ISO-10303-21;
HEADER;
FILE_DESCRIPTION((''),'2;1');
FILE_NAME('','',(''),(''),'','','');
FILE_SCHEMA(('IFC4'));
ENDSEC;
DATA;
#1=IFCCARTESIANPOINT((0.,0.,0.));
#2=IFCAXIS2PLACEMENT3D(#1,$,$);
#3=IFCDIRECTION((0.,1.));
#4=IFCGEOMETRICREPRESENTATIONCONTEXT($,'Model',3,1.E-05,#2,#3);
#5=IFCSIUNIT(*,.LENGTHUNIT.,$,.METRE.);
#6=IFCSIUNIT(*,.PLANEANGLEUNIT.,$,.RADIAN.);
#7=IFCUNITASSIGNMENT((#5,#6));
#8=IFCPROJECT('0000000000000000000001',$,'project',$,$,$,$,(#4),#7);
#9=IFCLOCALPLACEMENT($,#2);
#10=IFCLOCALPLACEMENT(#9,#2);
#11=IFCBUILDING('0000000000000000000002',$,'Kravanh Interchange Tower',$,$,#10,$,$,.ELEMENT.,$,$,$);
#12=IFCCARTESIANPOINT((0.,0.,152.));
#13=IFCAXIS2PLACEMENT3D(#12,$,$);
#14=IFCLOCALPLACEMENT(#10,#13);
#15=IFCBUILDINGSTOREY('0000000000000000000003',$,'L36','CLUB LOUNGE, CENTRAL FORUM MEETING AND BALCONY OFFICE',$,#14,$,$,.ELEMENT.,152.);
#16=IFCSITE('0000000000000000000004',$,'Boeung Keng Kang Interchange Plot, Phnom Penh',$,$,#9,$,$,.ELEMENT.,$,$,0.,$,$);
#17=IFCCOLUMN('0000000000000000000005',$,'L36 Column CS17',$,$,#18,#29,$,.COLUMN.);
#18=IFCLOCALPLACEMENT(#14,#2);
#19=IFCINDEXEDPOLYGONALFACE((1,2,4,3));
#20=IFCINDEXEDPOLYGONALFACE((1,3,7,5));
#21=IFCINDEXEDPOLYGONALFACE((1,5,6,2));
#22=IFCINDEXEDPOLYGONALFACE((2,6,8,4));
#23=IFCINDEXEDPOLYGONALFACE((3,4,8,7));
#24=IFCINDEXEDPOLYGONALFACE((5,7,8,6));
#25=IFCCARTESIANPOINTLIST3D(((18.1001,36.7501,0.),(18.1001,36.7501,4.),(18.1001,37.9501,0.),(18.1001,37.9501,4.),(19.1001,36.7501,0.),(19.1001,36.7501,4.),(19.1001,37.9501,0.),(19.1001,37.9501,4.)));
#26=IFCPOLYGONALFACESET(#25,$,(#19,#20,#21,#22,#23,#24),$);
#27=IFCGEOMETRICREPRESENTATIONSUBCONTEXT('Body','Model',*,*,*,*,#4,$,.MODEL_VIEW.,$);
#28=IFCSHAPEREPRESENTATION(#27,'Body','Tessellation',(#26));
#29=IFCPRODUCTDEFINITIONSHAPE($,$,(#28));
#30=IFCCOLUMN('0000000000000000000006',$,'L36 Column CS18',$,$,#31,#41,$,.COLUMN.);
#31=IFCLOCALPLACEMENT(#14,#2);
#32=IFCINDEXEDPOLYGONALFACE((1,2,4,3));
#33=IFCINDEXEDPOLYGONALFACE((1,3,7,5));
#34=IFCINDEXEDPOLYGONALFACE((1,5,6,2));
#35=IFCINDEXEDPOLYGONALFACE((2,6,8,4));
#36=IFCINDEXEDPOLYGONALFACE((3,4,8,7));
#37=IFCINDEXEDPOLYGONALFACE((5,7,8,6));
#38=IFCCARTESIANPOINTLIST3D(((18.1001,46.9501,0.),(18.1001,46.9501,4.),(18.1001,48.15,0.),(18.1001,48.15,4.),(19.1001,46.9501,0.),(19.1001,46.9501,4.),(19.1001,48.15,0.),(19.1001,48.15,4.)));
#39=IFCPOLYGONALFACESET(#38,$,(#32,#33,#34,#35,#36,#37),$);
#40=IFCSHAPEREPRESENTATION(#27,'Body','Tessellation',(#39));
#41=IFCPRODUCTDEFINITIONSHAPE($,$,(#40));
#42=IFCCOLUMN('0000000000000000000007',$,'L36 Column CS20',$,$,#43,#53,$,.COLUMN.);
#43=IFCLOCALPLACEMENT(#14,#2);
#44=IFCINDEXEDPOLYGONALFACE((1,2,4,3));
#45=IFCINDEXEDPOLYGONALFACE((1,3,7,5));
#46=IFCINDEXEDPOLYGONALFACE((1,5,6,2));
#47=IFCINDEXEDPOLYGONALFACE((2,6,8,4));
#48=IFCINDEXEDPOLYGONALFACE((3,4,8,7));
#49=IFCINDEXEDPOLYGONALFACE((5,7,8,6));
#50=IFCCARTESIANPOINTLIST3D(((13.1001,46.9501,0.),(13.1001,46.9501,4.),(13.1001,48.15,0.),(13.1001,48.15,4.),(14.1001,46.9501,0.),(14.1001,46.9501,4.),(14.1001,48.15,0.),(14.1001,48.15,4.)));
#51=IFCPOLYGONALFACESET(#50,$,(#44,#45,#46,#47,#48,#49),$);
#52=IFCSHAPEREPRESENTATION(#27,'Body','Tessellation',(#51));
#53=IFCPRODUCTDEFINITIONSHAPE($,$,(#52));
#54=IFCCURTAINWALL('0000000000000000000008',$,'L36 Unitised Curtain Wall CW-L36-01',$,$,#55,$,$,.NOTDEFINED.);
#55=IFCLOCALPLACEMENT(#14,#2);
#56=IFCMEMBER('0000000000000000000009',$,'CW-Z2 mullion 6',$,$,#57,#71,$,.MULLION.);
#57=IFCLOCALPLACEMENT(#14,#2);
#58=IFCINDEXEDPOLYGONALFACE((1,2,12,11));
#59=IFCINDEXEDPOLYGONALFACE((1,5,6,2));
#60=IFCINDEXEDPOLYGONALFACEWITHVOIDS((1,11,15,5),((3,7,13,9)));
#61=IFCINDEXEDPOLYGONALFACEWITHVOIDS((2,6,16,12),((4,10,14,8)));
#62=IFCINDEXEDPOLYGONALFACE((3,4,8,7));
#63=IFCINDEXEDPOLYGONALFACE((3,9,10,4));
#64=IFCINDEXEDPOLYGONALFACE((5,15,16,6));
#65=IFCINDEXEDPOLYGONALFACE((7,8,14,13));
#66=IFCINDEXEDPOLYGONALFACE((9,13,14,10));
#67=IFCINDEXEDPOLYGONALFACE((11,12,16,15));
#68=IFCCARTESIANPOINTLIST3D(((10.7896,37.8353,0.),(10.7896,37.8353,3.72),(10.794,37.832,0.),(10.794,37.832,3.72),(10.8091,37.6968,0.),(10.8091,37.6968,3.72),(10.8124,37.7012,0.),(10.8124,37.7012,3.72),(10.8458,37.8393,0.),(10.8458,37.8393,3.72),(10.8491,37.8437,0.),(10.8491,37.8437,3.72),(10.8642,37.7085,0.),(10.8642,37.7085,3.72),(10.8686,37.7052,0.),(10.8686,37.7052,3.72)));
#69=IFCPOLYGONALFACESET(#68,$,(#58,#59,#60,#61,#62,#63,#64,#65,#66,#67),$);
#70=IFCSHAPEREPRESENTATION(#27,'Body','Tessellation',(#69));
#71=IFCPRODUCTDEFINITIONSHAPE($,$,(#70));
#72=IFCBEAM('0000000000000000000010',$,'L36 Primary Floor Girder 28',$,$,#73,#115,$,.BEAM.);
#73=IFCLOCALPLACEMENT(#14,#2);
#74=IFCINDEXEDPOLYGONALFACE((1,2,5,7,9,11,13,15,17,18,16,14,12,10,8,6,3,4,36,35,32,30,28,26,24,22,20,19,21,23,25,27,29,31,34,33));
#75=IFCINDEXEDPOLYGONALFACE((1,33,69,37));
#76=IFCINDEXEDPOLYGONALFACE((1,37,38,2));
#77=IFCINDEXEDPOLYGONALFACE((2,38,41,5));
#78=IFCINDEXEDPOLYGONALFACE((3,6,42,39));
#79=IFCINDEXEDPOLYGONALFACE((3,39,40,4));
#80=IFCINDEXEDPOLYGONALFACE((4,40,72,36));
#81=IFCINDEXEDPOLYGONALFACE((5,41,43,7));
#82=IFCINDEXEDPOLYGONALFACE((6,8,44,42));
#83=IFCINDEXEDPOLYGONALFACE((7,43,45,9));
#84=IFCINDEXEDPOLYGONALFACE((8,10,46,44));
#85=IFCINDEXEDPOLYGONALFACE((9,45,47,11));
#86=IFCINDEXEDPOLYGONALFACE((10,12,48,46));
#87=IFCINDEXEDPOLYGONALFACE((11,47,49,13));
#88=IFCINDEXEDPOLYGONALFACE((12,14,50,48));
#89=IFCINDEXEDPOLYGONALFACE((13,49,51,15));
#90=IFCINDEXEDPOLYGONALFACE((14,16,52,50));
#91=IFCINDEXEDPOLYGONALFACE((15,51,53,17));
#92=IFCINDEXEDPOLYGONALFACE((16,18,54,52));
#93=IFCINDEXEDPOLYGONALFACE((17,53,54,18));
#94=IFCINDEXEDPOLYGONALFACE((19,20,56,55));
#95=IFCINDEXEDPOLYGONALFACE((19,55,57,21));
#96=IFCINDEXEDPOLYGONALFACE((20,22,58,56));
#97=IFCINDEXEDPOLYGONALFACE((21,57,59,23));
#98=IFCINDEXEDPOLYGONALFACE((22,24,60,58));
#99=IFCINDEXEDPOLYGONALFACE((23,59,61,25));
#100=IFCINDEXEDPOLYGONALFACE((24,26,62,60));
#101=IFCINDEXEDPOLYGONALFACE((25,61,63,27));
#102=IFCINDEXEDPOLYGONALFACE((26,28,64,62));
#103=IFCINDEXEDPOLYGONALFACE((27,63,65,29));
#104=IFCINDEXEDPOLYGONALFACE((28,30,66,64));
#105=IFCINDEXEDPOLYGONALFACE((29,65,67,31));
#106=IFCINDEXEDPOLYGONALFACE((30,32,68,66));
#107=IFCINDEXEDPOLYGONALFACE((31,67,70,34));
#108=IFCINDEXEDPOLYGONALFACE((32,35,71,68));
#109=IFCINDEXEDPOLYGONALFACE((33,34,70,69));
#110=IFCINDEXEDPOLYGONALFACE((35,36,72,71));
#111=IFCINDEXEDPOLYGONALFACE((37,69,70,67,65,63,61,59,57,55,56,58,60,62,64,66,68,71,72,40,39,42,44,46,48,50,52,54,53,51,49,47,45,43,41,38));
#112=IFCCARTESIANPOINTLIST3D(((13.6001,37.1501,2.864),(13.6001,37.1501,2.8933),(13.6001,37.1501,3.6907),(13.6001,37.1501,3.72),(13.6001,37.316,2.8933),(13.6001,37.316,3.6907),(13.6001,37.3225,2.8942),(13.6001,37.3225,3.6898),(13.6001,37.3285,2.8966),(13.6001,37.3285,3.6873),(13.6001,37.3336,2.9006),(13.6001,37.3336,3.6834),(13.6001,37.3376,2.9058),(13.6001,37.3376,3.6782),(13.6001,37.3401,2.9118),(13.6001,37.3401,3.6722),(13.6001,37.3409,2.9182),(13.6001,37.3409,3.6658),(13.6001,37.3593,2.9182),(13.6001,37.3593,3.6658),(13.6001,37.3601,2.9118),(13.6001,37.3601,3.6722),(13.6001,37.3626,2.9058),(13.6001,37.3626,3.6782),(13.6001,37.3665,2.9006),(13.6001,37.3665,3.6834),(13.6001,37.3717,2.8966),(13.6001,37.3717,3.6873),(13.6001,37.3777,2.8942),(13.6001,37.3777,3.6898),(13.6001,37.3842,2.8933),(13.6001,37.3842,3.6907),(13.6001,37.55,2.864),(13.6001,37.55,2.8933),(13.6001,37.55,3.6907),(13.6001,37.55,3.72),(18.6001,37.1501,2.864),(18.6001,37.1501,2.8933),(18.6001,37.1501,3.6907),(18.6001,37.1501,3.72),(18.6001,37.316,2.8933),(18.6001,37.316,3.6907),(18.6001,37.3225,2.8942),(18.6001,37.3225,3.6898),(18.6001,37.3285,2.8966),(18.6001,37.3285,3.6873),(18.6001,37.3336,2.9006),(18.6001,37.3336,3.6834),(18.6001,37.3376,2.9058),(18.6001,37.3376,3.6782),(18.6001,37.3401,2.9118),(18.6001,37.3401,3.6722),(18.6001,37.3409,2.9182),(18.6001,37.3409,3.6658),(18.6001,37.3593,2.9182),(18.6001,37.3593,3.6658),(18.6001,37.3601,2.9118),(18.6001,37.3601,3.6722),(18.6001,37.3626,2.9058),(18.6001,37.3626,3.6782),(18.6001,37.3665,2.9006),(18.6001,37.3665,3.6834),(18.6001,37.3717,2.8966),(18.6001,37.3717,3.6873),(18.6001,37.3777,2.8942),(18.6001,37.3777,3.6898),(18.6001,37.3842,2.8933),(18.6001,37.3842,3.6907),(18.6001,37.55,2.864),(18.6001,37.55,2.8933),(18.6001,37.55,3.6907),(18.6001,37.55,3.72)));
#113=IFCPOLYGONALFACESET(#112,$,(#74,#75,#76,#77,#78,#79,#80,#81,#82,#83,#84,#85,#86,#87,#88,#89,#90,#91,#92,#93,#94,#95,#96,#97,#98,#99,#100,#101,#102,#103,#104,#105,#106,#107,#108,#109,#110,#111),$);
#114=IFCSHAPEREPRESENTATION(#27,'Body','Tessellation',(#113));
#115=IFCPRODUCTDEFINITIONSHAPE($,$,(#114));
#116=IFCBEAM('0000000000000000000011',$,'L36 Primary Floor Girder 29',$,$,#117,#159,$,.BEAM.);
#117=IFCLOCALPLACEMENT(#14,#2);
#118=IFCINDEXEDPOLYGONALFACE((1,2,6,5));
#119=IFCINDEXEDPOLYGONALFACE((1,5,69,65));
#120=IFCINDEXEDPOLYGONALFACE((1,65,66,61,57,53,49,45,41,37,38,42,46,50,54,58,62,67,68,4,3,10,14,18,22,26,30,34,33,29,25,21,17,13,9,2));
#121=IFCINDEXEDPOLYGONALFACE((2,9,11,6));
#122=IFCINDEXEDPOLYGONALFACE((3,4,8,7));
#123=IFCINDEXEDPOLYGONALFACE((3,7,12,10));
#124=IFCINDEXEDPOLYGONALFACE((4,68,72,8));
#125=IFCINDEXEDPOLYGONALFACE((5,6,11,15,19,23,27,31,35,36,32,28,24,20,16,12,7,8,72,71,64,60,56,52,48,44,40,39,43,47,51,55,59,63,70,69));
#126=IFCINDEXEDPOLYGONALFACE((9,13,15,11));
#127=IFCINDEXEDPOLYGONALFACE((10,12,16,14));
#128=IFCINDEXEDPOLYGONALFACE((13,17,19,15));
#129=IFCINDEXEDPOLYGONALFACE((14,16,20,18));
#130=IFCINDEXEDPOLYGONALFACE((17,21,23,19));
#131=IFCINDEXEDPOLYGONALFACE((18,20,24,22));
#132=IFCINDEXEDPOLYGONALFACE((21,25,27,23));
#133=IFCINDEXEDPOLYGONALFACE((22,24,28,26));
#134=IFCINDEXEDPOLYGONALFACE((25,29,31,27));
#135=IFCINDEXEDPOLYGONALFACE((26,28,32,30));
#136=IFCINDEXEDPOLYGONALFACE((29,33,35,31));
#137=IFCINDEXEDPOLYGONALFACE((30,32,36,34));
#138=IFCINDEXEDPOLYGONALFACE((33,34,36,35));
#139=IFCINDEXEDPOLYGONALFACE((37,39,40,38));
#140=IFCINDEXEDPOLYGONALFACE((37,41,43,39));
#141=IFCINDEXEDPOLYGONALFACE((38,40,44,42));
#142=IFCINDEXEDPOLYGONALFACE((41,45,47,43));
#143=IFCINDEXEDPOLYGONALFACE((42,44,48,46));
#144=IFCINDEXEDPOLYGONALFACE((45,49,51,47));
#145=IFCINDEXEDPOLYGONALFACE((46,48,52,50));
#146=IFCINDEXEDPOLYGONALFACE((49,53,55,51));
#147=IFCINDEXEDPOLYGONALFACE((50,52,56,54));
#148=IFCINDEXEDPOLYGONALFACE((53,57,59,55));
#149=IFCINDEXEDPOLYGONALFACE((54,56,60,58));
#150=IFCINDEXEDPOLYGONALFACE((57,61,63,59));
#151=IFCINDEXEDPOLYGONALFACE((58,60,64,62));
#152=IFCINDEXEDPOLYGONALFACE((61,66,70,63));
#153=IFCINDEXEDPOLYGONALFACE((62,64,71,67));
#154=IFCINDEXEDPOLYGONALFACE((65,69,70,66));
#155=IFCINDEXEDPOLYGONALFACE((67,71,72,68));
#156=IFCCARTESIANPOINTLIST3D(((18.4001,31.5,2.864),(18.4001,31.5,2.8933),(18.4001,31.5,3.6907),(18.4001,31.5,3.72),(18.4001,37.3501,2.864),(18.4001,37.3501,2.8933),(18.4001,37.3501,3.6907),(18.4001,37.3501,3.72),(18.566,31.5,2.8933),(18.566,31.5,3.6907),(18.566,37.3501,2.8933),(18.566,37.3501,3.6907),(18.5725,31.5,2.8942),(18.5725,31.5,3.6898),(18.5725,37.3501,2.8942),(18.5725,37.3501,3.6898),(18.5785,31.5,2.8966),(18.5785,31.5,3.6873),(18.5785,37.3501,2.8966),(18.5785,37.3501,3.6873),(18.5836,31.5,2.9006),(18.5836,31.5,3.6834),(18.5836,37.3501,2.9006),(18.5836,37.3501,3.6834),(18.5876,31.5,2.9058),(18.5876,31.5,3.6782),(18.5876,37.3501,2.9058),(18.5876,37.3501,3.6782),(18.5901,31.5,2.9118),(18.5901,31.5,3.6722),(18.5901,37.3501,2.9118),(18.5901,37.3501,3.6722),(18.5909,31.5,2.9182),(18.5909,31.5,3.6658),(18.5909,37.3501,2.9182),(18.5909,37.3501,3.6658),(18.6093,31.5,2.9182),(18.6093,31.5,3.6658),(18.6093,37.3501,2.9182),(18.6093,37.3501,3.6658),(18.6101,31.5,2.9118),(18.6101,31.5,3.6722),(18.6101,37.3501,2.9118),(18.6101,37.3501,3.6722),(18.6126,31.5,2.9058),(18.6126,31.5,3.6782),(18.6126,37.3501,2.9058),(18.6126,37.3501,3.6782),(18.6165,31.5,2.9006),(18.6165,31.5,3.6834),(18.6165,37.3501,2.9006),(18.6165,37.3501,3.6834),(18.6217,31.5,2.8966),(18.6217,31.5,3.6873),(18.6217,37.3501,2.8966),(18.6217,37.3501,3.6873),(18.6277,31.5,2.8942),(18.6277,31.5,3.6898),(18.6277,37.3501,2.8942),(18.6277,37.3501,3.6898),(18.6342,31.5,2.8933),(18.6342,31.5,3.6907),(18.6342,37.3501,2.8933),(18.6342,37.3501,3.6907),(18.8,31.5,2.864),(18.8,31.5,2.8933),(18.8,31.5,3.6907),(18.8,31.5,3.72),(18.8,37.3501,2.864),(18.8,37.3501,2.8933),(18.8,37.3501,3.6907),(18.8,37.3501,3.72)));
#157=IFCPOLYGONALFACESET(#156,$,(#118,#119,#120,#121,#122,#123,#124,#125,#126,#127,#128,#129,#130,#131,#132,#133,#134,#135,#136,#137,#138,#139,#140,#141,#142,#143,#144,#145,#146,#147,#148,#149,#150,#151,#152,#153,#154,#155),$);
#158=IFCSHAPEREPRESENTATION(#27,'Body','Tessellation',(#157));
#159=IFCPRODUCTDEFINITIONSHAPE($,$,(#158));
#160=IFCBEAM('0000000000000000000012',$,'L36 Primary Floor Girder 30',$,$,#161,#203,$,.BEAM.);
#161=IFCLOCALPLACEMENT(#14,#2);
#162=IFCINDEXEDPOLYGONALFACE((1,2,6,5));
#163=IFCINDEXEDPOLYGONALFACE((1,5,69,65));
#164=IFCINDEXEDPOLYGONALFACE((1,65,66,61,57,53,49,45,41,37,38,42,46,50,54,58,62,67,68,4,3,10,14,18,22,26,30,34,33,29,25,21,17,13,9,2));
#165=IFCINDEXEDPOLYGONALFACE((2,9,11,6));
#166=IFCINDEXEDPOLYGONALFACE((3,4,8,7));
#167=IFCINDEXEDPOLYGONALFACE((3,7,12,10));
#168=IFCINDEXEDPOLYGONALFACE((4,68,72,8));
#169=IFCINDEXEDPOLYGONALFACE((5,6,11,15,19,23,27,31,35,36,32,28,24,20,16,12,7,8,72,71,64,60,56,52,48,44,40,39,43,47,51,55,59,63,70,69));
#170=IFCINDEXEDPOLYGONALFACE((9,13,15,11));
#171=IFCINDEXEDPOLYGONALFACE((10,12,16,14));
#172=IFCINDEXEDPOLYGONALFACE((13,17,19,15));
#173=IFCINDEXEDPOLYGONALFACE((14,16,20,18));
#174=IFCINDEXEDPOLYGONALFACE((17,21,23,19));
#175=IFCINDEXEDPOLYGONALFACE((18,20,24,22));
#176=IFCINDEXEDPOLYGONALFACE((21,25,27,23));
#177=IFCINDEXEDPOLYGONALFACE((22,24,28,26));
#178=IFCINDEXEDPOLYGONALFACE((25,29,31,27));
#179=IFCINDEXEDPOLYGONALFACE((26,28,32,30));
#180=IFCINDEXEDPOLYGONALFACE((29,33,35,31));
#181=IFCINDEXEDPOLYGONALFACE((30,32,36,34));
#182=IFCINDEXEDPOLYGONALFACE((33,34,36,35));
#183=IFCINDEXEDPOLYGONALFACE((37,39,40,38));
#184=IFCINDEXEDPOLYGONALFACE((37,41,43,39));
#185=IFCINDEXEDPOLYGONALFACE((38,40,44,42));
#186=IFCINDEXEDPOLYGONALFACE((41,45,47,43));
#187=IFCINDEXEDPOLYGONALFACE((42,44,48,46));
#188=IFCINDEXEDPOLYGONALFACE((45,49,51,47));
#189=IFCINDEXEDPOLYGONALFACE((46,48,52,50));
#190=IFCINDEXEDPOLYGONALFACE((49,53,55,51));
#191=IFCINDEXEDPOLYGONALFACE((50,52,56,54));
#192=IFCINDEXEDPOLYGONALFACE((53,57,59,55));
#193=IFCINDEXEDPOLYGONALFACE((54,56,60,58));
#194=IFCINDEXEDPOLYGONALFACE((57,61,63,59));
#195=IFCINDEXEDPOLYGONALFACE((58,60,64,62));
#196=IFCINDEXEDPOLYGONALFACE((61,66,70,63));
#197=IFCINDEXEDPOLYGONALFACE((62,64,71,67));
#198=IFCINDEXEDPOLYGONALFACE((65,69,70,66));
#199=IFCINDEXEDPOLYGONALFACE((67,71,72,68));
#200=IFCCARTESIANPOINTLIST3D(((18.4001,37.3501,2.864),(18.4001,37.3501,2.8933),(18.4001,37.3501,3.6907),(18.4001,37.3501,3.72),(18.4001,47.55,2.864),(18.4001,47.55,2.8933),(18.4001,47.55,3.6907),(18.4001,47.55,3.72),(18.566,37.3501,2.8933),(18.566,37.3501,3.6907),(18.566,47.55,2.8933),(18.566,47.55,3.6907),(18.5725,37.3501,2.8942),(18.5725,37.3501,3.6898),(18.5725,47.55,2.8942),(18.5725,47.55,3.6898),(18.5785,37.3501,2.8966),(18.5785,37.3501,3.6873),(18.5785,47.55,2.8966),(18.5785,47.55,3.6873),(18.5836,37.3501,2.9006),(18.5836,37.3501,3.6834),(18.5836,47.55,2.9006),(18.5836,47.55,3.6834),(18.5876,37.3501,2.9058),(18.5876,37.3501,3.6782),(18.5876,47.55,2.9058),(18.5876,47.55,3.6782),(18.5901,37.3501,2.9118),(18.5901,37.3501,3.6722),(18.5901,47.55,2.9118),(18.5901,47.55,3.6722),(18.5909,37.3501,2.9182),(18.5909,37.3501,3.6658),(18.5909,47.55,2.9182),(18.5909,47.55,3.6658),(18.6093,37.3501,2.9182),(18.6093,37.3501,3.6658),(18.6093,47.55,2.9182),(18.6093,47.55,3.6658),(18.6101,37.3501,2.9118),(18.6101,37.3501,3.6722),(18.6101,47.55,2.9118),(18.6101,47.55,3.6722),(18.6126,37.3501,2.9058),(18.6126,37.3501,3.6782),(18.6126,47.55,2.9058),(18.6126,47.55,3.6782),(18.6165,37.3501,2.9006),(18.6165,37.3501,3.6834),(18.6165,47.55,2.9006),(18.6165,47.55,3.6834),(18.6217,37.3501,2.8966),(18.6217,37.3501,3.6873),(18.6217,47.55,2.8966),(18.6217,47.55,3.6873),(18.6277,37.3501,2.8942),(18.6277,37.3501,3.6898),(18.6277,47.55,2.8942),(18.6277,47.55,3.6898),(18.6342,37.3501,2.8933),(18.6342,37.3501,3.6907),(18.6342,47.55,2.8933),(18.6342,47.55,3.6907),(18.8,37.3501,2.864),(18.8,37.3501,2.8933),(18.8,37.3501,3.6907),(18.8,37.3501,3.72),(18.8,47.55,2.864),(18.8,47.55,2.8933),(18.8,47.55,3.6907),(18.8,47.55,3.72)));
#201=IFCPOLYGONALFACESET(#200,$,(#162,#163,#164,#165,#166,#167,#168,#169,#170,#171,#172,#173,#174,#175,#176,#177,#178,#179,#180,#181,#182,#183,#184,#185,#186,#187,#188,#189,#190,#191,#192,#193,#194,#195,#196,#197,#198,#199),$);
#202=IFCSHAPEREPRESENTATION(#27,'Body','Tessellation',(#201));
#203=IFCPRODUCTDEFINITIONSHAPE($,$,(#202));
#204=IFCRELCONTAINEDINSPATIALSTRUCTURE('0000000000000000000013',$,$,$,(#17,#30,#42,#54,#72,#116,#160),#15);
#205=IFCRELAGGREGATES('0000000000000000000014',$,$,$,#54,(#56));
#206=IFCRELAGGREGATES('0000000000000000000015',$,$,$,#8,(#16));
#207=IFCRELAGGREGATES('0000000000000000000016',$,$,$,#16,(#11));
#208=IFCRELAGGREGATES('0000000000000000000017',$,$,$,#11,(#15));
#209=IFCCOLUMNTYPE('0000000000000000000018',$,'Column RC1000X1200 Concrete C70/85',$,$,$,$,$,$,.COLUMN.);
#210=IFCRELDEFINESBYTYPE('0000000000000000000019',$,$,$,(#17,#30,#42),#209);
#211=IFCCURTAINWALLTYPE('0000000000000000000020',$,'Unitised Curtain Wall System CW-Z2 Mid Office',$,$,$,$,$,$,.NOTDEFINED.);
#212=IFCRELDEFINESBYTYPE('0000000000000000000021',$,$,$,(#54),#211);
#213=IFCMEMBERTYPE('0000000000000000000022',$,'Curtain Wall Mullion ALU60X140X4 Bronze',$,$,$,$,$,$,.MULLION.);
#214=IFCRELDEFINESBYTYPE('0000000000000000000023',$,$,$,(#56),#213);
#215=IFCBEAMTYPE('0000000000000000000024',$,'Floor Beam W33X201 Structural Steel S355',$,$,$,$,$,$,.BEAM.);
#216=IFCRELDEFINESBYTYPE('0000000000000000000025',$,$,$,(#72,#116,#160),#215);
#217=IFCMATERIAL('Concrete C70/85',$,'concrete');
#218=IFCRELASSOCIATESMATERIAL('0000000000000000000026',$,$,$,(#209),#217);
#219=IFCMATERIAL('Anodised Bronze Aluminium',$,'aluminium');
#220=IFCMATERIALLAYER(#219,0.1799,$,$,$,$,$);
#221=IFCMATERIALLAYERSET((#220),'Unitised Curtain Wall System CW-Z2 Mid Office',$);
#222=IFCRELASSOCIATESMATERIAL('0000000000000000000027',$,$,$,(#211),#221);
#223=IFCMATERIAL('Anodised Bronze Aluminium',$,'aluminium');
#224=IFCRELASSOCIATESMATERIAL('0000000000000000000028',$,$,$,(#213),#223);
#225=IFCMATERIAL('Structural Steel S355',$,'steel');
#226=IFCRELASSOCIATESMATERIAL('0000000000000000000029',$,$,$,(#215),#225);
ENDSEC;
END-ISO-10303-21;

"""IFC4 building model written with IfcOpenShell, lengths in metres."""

from ifc_helpers import new_model, si_unit, direction, frame, origin, origin_2d, place, context, subcontext, project, spatial, rectangle, hollow_rectangle, i_section, extrude, material, layer, layer_set, material_profile, profile_set, type_object, element, aggregate, save


model = new_model("IFC4")

# Units and contexts
model_context = context("Model", 3, precision=1e-05, world=origin(), true_north=direction((0.0, 1.0)))
body_context = subcontext(model_context, "Body", "Model", "MODEL_VIEW")
ifc_project = project(units=[si_unit("LENGTHUNIT", "METRE"), si_unit("PLANEANGLEUNIT", "RADIAN")], contexts=[model_context])

# Site, building, storey
site_placement = place(None, origin())
site = spatial("IfcSite", under=ifc_project, at=site_placement, Name="Boeung Keng Kang Interchange Plot, Phnom Penh", CompositionType="ELEMENT", RefElevation=0.0)
building_placement = place(site_placement, origin())
building = spatial("IfcBuilding", under=site, at=building_placement, Name="Kravanh Interchange Tower", CompositionType="ELEMENT")
storey_placement = place(building_placement, frame((0.0, 0.0, 152.0)))
storey = spatial("IfcBuildingStorey", under=building, at=storey_placement, Name="L36", Description="CLUB LOUNGE, CENTRAL FORUM MEETING AND BALCONY OFFICE", CompositionType="ELEMENT", Elevation=152.0)

# Columns
ifc_material_1 = material(Name="Concrete C70/85", Category="concrete")
ifc_material_profile_1 = material_profile(ifc_material_1, rectangle(XDim=1.0, YDim=1.2, at=origin_2d()), Name="RC1000X1200")
ifc_profile_set_1 = profile_set([ifc_material_profile_1], Name="Concrete C70/85")
column_type = type_object("IfcColumnType", Name="Column RC1000X1200 Concrete C70/85", PredefinedType="COLUMN", material=ifc_profile_set_1)
for number, where, z_axis, x_axis, name in (
    (1, (18.6001, 37.3501, 0.0), (0.0, 0.0, 1.0), (1.0, 0.0, 0.0), "L36 Column CS17"),
    (2, (18.6001, 47.55, 0.0), (0.0, 0.0, 1.0), (1.0, 0.0, 0.0), "L36 Column CS18"),
    (3, (13.6001, 47.55, 0.0), (0.0, 0.0, 1.0), (1.0, 0.0, 0.0), "L36 Column CS20"),
):
    element("IfcColumn", number, at=place(storey_placement, frame(where, z_axis=z_axis, x_axis=x_axis)), inside=storey, type_object=column_type, Name=name, PredefinedType="COLUMN", context=body_context, shape_type="SweptSolid", body=[
        extrude(rectangle(XDim=1.0, YDim=1.2, at=origin_2d()), origin(), (0.0, 0.0, 1.0), 4.0),
    ])

# Curtain wall, member
ifc_material_2 = material(Name="Anodised Bronze Aluminium", Category="aluminium")
ifc_layer_1 = layer(ifc_material_2, 0.1799)
ifc_layer_set_1 = layer_set([ifc_layer_1], Name="Unitised Curtain Wall System CW-Z2 Mid Office")
curtain_wall_type = type_object("IfcCurtainWallType", Name="Unitised Curtain Wall System CW-Z2 Mid Office", PredefinedType="NOTDEFINED", material=ifc_layer_set_1)
curtain_wall_placement = place(storey_placement, origin())
curtain_wall = element("IfcCurtainWall", 4, at=curtain_wall_placement, inside=storey, type_object=curtain_wall_type, Name="L36 Unitised Curtain Wall CW-L36-01", PredefinedType="NOTDEFINED")
ifc_material_3 = material(Name="Anodised Bronze Aluminium", Category="aluminium")
ifc_material_profile_2 = material_profile(ifc_material_3, hollow_rectangle(XDim=0.0601, YDim=0.1399, WallThickness=0.0039, at=origin_2d()), Name="ALU60X140X4")
ifc_profile_set_2 = profile_set([ifc_material_profile_2], Name="Anodised Bronze Aluminium")
member_type = type_object("IfcMemberType", Name="Curtain Wall Mullion ALU60X140X4 Bronze", PredefinedType="MULLION", material=ifc_profile_set_2)
member_placement = place(storey_placement, frame((10.8291, 37.7703, 0.0), z_axis=(0.0, 0.0, 1.0), x_axis=(-0.990268, -0.139173, 0.0)))
member = element("IfcMember", 5, at=member_placement, type_object=member_type, Name="CW-Z2 mullion 6", PredefinedType="MULLION", context=body_context, shape_type="SweptSolid", body=[
    extrude(hollow_rectangle(XDim=0.0601, YDim=0.1399, WallThickness=0.0039, at=origin_2d()), origin(), (0.0, 0.0, 1.0), 3.72),
])
aggregate(curtain_wall, [member])

# Beams
ifc_material_4 = material(Name="Structural Steel S355", Category="steel")
ifc_material_profile_3 = material_profile(ifc_material_4, i_section(OverallWidth=0.3999, OverallDepth=0.856, WebThickness=0.0183, FlangeThickness=0.0293, FilletRadius=0.0249, at=origin_2d()), Name="W33X201")
ifc_profile_set_3 = profile_set([ifc_material_profile_3], Name="Structural Steel S355")
beam_type = type_object("IfcBeamType", Name="Floor Beam W33X201 Structural Steel S355", PredefinedType="BEAM", material=ifc_profile_set_3)
beam_1_placement = place(storey_placement, frame((18.6001, 37.3501, 3.292), z_axis=(-1.0, 0.0, 0.0), x_axis=(0.0, -1.0, 0.0)))
element("IfcBeam", 6, at=beam_1_placement, inside=storey, type_object=beam_type, Name="L36 Primary Floor Girder 28", PredefinedType="BEAM", context=body_context, shape_type="SweptSolid", body=[
    extrude(i_section(OverallWidth=0.3999, OverallDepth=0.856, WebThickness=0.0183, FlangeThickness=0.0293, FilletRadius=0.0249, at=origin_2d()), origin(), (0.0, 0.0, 1.0), 5.0),
])
beam_2_placement = place(storey_placement, frame((18.6001, 37.3501, 3.292), z_axis=(0.0, -1.0, 0.0), x_axis=(1.0, 0.0, 0.0)))
element("IfcBeam", 7, at=beam_2_placement, inside=storey, type_object=beam_type, Name="L36 Primary Floor Girder 29", PredefinedType="BEAM", context=body_context, shape_type="SweptSolid", body=[
    extrude(i_section(OverallWidth=0.3999, OverallDepth=0.856, WebThickness=0.0183, FlangeThickness=0.0293, FilletRadius=0.0249, at=origin_2d()), origin(), (0.0, 0.0, 1.0), 5.8501),
])
beam_3_placement = place(storey_placement, frame((18.6001, 37.3501, 3.292), z_axis=(0.0, 1.0, 0.0), x_axis=(-1.0, 0.0, 0.0)))
element("IfcBeam", 8, at=beam_3_placement, inside=storey, type_object=beam_type, Name="L36 Primary Floor Girder 30", PredefinedType="BEAM", context=body_context, shape_type="SweptSolid", body=[
    extrude(i_section(OverallWidth=0.3999, OverallDepth=0.856, WebThickness=0.0183, FlangeThickness=0.0293, FilletRadius=0.0249, at=origin_2d()), origin(), (0.0, 0.0, 1.0), 10.2),
])

save(model, "model.ifc")
